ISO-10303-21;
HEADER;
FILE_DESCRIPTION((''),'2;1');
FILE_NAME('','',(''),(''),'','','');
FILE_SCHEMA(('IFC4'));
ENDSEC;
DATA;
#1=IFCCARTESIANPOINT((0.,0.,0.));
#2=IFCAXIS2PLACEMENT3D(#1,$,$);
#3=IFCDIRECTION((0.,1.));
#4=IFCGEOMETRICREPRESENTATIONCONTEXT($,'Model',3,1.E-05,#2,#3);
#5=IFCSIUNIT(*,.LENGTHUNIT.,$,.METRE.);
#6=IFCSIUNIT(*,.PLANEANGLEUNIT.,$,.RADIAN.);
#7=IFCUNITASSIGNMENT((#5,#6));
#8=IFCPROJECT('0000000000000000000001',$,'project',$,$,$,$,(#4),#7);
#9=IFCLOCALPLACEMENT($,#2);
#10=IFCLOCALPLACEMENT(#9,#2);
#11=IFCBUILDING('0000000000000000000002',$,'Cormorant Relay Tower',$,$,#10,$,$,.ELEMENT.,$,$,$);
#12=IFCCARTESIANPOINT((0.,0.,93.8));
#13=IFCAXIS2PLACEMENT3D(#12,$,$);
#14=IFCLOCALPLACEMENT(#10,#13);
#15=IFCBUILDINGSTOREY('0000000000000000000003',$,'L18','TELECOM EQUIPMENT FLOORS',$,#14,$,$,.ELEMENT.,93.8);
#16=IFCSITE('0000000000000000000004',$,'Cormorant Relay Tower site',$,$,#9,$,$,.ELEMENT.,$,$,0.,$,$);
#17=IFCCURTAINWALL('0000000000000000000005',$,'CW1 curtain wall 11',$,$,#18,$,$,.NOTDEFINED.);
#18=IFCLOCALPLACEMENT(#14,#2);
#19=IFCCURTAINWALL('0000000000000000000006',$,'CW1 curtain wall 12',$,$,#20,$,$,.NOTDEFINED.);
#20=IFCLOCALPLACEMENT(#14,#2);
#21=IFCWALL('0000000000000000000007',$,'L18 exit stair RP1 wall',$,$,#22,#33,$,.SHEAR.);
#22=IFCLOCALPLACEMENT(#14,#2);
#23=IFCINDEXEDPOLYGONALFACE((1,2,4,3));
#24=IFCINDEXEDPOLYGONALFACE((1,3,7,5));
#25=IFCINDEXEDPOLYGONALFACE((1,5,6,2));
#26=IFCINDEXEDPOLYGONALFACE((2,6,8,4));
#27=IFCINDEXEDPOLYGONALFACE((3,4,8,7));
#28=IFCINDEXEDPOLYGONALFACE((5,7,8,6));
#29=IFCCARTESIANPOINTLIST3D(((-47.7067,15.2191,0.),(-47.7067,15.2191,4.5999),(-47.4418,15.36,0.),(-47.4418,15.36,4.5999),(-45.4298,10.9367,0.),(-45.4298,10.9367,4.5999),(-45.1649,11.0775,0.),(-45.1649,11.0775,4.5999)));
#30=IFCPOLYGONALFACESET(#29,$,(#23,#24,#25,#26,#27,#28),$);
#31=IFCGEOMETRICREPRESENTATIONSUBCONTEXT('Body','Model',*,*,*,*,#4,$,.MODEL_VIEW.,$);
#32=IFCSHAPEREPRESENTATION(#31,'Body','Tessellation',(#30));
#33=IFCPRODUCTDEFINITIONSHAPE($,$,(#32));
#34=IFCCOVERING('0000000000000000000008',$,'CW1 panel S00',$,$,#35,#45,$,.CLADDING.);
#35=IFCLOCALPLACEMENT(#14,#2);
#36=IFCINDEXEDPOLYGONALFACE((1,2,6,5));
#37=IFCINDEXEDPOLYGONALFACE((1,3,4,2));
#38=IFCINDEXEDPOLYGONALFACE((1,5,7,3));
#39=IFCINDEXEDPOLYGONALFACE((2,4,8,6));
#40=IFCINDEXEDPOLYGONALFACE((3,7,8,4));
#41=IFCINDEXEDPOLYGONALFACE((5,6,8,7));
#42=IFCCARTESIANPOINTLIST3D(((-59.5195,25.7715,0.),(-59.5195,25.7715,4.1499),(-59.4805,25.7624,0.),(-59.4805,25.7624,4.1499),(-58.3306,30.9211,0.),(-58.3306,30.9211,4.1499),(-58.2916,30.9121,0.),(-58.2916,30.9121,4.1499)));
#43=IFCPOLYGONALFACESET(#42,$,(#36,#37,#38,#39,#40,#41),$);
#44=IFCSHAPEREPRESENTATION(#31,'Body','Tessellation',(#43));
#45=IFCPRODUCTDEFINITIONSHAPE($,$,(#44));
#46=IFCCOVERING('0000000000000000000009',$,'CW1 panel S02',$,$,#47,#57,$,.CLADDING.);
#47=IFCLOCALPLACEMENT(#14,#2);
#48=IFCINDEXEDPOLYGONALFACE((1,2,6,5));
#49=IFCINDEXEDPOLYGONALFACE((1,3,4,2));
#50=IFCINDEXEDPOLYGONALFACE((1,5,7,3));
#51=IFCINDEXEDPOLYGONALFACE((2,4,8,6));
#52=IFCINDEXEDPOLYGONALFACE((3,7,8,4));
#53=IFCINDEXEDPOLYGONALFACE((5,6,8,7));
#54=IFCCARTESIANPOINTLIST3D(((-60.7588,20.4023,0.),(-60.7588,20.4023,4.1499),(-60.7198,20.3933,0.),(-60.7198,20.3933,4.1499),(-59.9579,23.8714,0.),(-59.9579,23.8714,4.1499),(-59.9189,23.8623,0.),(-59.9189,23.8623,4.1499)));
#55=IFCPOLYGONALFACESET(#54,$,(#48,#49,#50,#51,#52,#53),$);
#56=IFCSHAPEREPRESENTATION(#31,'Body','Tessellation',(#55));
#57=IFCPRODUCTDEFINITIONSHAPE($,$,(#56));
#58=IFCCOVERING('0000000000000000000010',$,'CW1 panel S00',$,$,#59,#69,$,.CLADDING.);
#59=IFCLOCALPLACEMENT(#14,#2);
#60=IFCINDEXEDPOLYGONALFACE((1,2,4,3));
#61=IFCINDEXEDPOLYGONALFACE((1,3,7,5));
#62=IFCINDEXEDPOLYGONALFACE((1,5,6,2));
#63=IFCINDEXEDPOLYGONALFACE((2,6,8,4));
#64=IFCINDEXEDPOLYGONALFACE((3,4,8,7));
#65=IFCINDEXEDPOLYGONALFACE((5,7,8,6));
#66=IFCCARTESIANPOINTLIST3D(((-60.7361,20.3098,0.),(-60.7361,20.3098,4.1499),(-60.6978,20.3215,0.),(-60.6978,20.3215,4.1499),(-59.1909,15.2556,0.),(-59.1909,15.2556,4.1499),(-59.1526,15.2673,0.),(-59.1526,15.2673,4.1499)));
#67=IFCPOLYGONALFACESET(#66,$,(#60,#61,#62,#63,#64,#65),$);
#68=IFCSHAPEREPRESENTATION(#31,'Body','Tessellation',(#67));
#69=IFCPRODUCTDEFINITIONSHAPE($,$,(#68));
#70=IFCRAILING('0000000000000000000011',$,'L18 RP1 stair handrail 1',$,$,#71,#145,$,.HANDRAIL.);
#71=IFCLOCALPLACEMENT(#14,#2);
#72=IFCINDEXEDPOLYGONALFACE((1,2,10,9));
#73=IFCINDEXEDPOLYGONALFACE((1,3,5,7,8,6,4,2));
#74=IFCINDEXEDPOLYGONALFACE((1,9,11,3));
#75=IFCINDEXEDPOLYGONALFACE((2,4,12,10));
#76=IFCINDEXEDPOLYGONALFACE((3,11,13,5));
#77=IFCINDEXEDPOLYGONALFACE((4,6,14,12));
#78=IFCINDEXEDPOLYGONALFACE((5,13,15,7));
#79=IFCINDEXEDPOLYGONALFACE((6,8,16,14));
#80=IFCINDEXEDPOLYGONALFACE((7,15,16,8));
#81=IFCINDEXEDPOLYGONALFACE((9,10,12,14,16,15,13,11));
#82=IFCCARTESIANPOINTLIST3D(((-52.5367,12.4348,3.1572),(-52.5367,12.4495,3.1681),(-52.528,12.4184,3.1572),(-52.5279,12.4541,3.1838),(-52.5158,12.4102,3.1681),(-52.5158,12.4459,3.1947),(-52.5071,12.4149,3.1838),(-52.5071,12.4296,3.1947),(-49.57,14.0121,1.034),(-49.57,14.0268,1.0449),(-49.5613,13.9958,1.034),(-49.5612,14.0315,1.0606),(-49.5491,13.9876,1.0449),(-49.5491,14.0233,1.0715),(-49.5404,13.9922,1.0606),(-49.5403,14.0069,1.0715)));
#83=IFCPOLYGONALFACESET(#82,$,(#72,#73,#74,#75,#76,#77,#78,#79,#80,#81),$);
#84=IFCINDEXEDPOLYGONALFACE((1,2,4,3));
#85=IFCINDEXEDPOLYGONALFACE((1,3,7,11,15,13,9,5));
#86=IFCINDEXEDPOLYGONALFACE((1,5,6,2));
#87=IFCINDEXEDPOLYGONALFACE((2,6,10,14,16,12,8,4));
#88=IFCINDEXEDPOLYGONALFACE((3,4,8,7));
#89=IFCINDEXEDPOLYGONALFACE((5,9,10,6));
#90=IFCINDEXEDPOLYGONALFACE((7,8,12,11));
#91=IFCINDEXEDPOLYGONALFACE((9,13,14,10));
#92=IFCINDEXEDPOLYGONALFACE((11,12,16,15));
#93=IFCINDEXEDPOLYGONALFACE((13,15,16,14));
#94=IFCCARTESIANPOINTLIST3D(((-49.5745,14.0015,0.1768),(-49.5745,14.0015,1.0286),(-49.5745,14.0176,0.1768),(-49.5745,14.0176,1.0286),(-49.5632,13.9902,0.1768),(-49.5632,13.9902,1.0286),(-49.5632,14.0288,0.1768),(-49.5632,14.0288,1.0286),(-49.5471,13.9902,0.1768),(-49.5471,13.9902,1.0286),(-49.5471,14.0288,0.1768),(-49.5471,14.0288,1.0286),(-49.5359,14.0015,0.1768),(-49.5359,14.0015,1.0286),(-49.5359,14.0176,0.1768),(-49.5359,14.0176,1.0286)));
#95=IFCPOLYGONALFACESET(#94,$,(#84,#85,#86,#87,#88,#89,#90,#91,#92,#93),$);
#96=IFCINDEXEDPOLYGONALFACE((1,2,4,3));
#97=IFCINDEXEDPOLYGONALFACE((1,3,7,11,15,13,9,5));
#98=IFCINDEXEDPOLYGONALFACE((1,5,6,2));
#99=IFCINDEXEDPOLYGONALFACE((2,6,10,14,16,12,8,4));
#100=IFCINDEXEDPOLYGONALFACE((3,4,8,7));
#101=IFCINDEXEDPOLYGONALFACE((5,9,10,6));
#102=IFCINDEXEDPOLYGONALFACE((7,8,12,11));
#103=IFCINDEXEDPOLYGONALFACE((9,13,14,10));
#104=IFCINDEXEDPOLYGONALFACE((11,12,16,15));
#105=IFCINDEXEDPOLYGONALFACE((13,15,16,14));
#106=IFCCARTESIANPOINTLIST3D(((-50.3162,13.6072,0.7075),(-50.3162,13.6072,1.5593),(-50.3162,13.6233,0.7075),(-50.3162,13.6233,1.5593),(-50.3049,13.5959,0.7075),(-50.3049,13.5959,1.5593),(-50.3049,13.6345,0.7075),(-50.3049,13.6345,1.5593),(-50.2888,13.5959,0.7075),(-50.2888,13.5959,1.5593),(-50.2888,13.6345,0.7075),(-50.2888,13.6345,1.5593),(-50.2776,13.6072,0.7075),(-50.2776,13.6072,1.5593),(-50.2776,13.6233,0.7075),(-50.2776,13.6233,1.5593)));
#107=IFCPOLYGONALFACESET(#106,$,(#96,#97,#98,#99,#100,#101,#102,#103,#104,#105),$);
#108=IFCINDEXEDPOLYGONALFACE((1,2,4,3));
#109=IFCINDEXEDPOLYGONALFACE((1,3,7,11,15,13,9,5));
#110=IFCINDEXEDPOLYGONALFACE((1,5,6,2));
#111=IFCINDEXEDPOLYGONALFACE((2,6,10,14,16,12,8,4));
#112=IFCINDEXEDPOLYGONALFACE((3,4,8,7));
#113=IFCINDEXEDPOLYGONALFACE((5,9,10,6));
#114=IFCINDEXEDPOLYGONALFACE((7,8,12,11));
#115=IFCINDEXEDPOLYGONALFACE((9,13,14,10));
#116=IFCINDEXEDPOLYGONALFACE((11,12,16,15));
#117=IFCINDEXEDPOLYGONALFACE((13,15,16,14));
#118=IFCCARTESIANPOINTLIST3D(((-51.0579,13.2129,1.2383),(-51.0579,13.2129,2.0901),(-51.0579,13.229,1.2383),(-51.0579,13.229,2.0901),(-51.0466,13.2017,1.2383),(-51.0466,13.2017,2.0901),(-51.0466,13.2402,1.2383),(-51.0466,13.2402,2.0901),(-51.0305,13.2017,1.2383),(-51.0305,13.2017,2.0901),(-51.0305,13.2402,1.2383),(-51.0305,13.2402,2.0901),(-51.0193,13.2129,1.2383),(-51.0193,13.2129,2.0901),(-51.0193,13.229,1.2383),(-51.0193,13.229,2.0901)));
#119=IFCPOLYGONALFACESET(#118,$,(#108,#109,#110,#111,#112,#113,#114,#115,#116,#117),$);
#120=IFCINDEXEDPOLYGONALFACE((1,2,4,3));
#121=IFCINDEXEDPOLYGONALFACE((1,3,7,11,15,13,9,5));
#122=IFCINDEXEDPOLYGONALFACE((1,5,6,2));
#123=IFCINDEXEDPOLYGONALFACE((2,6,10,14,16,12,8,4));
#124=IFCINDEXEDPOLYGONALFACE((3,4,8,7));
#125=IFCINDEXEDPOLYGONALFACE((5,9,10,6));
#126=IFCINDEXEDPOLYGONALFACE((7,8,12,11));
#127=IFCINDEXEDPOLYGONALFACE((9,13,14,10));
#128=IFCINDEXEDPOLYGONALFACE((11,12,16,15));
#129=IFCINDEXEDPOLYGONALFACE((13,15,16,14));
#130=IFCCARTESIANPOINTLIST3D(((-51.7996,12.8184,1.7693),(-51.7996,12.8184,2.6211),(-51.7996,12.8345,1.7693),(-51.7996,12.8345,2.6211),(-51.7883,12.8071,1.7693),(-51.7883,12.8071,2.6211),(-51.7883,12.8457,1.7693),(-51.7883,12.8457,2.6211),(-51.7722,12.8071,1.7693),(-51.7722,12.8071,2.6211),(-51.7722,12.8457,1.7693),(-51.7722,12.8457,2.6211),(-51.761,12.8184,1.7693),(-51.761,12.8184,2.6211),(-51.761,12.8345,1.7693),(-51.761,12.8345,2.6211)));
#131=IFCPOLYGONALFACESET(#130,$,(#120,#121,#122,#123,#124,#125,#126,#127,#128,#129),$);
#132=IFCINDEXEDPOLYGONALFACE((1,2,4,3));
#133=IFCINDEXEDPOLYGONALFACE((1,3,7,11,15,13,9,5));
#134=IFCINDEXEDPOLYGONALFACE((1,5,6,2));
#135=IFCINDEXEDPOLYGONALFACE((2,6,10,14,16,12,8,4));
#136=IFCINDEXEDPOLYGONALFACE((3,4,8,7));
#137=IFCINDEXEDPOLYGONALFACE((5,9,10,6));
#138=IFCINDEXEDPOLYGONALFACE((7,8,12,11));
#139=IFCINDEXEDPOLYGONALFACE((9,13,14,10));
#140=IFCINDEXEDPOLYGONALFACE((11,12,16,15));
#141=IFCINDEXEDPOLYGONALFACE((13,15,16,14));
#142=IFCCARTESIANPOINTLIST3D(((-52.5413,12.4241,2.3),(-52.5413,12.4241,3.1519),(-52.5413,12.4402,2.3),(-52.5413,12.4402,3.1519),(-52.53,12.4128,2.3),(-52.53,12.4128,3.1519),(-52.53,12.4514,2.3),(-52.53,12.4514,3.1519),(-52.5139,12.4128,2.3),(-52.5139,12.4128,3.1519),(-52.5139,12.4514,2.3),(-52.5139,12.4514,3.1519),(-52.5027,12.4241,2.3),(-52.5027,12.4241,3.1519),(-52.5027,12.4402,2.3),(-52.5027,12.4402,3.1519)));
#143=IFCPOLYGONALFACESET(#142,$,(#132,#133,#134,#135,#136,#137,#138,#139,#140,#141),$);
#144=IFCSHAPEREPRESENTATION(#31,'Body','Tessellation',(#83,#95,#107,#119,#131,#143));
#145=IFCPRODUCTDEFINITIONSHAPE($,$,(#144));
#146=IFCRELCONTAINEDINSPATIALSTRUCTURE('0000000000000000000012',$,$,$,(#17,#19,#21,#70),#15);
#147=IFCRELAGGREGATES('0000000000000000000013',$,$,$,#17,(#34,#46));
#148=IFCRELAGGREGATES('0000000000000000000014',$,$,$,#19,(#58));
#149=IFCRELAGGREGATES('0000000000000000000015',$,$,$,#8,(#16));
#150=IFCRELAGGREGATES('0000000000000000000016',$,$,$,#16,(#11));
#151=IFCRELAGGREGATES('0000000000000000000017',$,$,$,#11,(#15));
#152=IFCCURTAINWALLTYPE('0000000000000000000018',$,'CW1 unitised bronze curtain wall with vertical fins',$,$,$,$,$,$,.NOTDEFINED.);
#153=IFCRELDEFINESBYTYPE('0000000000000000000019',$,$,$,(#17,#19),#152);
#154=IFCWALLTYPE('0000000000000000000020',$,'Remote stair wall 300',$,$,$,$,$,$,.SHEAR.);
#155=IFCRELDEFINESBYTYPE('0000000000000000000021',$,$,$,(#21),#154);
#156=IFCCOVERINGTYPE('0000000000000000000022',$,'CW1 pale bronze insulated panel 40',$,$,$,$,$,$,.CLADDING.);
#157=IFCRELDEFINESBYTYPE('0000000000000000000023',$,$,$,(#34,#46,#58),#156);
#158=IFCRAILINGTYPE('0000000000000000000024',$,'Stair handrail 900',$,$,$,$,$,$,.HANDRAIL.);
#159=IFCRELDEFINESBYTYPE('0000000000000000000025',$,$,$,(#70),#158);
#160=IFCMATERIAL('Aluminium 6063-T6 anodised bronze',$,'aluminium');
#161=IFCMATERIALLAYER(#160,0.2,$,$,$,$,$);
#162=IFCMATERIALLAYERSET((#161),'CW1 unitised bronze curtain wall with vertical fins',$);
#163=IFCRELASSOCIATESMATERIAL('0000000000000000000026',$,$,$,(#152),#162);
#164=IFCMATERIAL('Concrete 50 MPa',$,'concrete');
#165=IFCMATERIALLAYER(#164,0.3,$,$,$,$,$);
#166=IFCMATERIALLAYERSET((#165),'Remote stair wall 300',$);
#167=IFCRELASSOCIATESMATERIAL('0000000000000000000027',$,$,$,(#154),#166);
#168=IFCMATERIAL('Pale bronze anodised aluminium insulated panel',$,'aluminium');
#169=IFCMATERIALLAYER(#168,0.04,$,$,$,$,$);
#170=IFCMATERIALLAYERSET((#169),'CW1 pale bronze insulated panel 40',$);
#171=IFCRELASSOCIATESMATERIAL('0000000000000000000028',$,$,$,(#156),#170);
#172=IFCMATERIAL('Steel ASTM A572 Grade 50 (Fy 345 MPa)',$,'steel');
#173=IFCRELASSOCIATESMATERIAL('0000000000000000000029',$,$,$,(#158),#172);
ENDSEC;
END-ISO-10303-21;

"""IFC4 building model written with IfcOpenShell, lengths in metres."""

from ifc_helpers import new_model, si_unit, direction, frame, frame_2d, origin, origin_2d, place, context, subcontext, project, spatial, polyline, rectangle, outline, extrude, material, layer, layer_set, type_object, element, aggregate, save


model = new_model("IFC4")

# Units and contexts
model_context = context("Model", 3, precision=1e-05, world=origin(), true_north=direction((0.0, 1.0)))
body_context = subcontext(model_context, "Body", "Model", "MODEL_VIEW")
ifc_project = project(units=[si_unit("LENGTHUNIT", "METRE"), si_unit("PLANEANGLEUNIT", "RADIAN")], contexts=[model_context])

# Site, building, storey
site_placement = place(None, origin())
site = spatial("IfcSite", under=ifc_project, at=site_placement, Name="Cormorant Relay Tower site", CompositionType="ELEMENT", RefElevation=0.0)
building_placement = place(site_placement, origin())
building = spatial("IfcBuilding", under=site, at=building_placement, Name="Cormorant Relay Tower", CompositionType="ELEMENT")
storey_placement = place(building_placement, frame((0.0, 0.0, 93.8)))
storey = spatial("IfcBuildingStorey", under=building, at=storey_placement, Name="L18", Description="TELECOM EQUIPMENT FLOORS", CompositionType="ELEMENT", Elevation=93.8)

# Curtain wall
ifc_material_1 = material(Name="Aluminium 6063-T6 anodised bronze", Category="aluminium")
ifc_layer_1 = layer(ifc_material_1, 0.2)
ifc_layer_set_1 = layer_set([ifc_layer_1], Name="CW1 unitised bronze curtain wall with vertical fins")
curtain_wall_type = type_object("IfcCurtainWallType", Name="CW1 unitised bronze curtain wall with vertical fins", PredefinedType="NOTDEFINED", material=ifc_layer_set_1)
curtain_wall_1_placement = place(storey_placement, origin())
curtain_wall_1 = element("IfcCurtainWall", 1, at=curtain_wall_1_placement, inside=storey, type_object=curtain_wall_type, Name="CW1 curtain wall 11", PredefinedType="NOTDEFINED")

# Curtain wall
curtain_wall_2_placement = place(storey_placement, origin())
curtain_wall_2 = element("IfcCurtainWall", 2, at=curtain_wall_2_placement, inside=storey, type_object=curtain_wall_type, Name="CW1 curtain wall 12", PredefinedType="NOTDEFINED")

# Wall
ifc_material_2 = material(Name="Concrete 50 MPa", Category="concrete")
ifc_layer_2 = layer(ifc_material_2, 0.3)
ifc_layer_set_2 = layer_set([ifc_layer_2], Name="Remote stair wall 300")
wall_type_1 = type_object("IfcWallType", Name="Remote stair wall 300", PredefinedType="SHEAR", material=ifc_layer_set_2)
wall_1_placement = place(storey_placement, frame((-47.5742, 15.2896, 0.0), z_axis=(0.0, 0.0, 1.0), x_axis=(0.469443, -0.882963, 0.0)))
element("IfcWall", 3, at=wall_1_placement, inside=storey, type_object=wall_type_1, Name="L18 exit stair RP1 wall", PredefinedType="SHEAR", context=body_context, shape_type="SweptSolid", body=[
    extrude(rectangle(XDim=4.8501, YDim=0.3, at=frame_2d((2.425, 0.0))), origin(), (0.0, 0.0, 1.0), 4.5999),
])

# Coverings
ifc_material_3 = material(Name="Pale bronze anodised aluminium insulated panel", Category="aluminium")
ifc_layer_3 = layer(ifc_material_3, 0.04)
ifc_layer_set_3 = layer_set([ifc_layer_3], Name="CW1 pale bronze insulated panel 40")
covering_type = type_object("IfcCoveringType", Name="CW1 pale bronze insulated panel 40", PredefinedType="CLADDING", material=ifc_layer_set_3)
covering_1_placement = place(storey_placement, frame((-58.9055, 28.3418, 0.0), z_axis=(0.0, 0.0, 1.0), x_axis=(-0.224951, -0.97437, 0.0)))
covering_1 = element("IfcCovering", 4, at=covering_1_placement, type_object=covering_type, Name="CW1 panel S00", PredefinedType="CLADDING", context=body_context, shape_type="SweptSolid", body=[
    extrude(rectangle(XDim=5.2852, YDim=0.04, at=origin_2d()), origin(), (0.0, 0.0, 1.0), 4.1499),
])
covering_2_placement = place(storey_placement, frame((-60.3389, 22.1323, 0.0), z_axis=(0.0, 0.0, 1.0), x_axis=(-0.224951, -0.97437, 0.0)))
covering_2 = element("IfcCovering", 5, at=covering_2_placement, type_object=covering_type, Name="CW1 panel S02", PredefinedType="CLADDING", context=body_context, shape_type="SweptSolid", body=[
    extrude(rectangle(XDim=3.5603, YDim=0.04, at=origin_2d()), origin(), (0.0, 0.0, 1.0), 4.1499),
])
aggregate(curtain_wall_1, [covering_1, covering_2])
covering_3_placement = place(storey_placement, frame((-59.9443, 17.7886, 0.0), z_axis=(0.0, 0.0, 1.0), x_axis=(0.292372, -0.956305, 0.0)))
covering_3 = element("IfcCovering", 6, at=covering_3_placement, type_object=covering_type, Name="CW1 panel S00", PredefinedType="CLADDING", context=body_context, shape_type="SweptSolid", body=[
    extrude(rectangle(XDim=5.2852, YDim=0.04, at=origin_2d()), origin(), (0.0, 0.0, 1.0), 4.1499),
])
aggregate(curtain_wall_2, [covering_3])

# Railing
ifc_material_4 = material(Name="Steel ASTM A572 Grade 50 (Fy 345 MPa)", Category="steel")
railing_type = type_object("IfcRailingType", Name="Stair handrail 900", PredefinedType="HANDRAIL", material=ifc_material_4)
railing_placement = place(storey_placement, frame((-49.5552, 14.0095, 0.1768)))
element("IfcRailing", 7, at=railing_placement, inside=storey, type_object=railing_type, Name="L18 RP1 stair handrail 1", PredefinedType="HANDRAIL", context=body_context, shape_type="SweptSolid", body=[
    extrude(outline(polyline([(0.0222, 0.0093), (0.0093, 0.0222), (-0.0093, 0.0222), (-0.0222, 0.0093), (-0.0222, -0.0093), (-0.0093, -0.0222), (0.0093, -0.0222), (0.0222, -0.0093), (0.0222, 0.0093)])), frame((0.0, 0.0, 0.876), z_axis=(-0.746416, -0.396856, 0.534199), x_axis=(0.469453, -0.882958, 0.0)), (0.0, 0.0, 1.0), 3.9746),
    extrude(outline(polyline([(0.0193, 0.0081), (0.0081, 0.0193), (-0.0081, 0.0193), (-0.0193, 0.0081), (-0.0193, -0.0081), (-0.0081, -0.0193), (0.0081, -0.0193), (0.0193, -0.0081), (0.0193, 0.0081)])), origin(), (0.0, 0.0, 1.0), 0.8518),
    extrude(outline(polyline([(0.0193, 0.0081), (0.0081, 0.0193), (-0.0081, 0.0193), (-0.0193, 0.0081), (-0.0193, -0.0081), (-0.0081, -0.0193), (0.0081, -0.0193), (0.0193, -0.0081), (0.0193, 0.0081)])), frame((-0.7417, -0.3943, 0.5308)), (0.0, 0.0, 1.0), 0.8518),
    extrude(outline(polyline([(0.0193, 0.0081), (0.0081, 0.0193), (-0.0081, 0.0193), (-0.0193, 0.0081), (-0.0193, -0.0081), (-0.0081, -0.0193), (0.0081, -0.0193), (0.0193, -0.0081), (0.0193, 0.0081)])), frame((-1.4834, -0.7886, 1.0615)), (0.0, 0.0, 1.0), 0.8518),
    extrude(outline(polyline([(0.0193, 0.0081), (0.0081, 0.0193), (-0.0081, 0.0193), (-0.0193, 0.0081), (-0.0193, -0.0081), (-0.0081, -0.0193), (0.0081, -0.0193), (0.0193, -0.0081), (0.0193, 0.0081)])), frame((-2.2251, -1.1831, 1.5925)), (0.0, 0.0, 1.0), 0.8518),
    extrude(outline(polyline([(0.0193, 0.0081), (0.0081, 0.0193), (-0.0081, 0.0193), (-0.0193, 0.0081), (-0.0193, -0.0081), (-0.0081, -0.0193), (0.0081, -0.0193), (0.0193, -0.0081), (0.0193, 0.0081)])), frame((-2.9668, -1.5774, 2.1233)), (0.0, 0.0, 1.0), 0.8518),
])

save(model, "model.ifc")
